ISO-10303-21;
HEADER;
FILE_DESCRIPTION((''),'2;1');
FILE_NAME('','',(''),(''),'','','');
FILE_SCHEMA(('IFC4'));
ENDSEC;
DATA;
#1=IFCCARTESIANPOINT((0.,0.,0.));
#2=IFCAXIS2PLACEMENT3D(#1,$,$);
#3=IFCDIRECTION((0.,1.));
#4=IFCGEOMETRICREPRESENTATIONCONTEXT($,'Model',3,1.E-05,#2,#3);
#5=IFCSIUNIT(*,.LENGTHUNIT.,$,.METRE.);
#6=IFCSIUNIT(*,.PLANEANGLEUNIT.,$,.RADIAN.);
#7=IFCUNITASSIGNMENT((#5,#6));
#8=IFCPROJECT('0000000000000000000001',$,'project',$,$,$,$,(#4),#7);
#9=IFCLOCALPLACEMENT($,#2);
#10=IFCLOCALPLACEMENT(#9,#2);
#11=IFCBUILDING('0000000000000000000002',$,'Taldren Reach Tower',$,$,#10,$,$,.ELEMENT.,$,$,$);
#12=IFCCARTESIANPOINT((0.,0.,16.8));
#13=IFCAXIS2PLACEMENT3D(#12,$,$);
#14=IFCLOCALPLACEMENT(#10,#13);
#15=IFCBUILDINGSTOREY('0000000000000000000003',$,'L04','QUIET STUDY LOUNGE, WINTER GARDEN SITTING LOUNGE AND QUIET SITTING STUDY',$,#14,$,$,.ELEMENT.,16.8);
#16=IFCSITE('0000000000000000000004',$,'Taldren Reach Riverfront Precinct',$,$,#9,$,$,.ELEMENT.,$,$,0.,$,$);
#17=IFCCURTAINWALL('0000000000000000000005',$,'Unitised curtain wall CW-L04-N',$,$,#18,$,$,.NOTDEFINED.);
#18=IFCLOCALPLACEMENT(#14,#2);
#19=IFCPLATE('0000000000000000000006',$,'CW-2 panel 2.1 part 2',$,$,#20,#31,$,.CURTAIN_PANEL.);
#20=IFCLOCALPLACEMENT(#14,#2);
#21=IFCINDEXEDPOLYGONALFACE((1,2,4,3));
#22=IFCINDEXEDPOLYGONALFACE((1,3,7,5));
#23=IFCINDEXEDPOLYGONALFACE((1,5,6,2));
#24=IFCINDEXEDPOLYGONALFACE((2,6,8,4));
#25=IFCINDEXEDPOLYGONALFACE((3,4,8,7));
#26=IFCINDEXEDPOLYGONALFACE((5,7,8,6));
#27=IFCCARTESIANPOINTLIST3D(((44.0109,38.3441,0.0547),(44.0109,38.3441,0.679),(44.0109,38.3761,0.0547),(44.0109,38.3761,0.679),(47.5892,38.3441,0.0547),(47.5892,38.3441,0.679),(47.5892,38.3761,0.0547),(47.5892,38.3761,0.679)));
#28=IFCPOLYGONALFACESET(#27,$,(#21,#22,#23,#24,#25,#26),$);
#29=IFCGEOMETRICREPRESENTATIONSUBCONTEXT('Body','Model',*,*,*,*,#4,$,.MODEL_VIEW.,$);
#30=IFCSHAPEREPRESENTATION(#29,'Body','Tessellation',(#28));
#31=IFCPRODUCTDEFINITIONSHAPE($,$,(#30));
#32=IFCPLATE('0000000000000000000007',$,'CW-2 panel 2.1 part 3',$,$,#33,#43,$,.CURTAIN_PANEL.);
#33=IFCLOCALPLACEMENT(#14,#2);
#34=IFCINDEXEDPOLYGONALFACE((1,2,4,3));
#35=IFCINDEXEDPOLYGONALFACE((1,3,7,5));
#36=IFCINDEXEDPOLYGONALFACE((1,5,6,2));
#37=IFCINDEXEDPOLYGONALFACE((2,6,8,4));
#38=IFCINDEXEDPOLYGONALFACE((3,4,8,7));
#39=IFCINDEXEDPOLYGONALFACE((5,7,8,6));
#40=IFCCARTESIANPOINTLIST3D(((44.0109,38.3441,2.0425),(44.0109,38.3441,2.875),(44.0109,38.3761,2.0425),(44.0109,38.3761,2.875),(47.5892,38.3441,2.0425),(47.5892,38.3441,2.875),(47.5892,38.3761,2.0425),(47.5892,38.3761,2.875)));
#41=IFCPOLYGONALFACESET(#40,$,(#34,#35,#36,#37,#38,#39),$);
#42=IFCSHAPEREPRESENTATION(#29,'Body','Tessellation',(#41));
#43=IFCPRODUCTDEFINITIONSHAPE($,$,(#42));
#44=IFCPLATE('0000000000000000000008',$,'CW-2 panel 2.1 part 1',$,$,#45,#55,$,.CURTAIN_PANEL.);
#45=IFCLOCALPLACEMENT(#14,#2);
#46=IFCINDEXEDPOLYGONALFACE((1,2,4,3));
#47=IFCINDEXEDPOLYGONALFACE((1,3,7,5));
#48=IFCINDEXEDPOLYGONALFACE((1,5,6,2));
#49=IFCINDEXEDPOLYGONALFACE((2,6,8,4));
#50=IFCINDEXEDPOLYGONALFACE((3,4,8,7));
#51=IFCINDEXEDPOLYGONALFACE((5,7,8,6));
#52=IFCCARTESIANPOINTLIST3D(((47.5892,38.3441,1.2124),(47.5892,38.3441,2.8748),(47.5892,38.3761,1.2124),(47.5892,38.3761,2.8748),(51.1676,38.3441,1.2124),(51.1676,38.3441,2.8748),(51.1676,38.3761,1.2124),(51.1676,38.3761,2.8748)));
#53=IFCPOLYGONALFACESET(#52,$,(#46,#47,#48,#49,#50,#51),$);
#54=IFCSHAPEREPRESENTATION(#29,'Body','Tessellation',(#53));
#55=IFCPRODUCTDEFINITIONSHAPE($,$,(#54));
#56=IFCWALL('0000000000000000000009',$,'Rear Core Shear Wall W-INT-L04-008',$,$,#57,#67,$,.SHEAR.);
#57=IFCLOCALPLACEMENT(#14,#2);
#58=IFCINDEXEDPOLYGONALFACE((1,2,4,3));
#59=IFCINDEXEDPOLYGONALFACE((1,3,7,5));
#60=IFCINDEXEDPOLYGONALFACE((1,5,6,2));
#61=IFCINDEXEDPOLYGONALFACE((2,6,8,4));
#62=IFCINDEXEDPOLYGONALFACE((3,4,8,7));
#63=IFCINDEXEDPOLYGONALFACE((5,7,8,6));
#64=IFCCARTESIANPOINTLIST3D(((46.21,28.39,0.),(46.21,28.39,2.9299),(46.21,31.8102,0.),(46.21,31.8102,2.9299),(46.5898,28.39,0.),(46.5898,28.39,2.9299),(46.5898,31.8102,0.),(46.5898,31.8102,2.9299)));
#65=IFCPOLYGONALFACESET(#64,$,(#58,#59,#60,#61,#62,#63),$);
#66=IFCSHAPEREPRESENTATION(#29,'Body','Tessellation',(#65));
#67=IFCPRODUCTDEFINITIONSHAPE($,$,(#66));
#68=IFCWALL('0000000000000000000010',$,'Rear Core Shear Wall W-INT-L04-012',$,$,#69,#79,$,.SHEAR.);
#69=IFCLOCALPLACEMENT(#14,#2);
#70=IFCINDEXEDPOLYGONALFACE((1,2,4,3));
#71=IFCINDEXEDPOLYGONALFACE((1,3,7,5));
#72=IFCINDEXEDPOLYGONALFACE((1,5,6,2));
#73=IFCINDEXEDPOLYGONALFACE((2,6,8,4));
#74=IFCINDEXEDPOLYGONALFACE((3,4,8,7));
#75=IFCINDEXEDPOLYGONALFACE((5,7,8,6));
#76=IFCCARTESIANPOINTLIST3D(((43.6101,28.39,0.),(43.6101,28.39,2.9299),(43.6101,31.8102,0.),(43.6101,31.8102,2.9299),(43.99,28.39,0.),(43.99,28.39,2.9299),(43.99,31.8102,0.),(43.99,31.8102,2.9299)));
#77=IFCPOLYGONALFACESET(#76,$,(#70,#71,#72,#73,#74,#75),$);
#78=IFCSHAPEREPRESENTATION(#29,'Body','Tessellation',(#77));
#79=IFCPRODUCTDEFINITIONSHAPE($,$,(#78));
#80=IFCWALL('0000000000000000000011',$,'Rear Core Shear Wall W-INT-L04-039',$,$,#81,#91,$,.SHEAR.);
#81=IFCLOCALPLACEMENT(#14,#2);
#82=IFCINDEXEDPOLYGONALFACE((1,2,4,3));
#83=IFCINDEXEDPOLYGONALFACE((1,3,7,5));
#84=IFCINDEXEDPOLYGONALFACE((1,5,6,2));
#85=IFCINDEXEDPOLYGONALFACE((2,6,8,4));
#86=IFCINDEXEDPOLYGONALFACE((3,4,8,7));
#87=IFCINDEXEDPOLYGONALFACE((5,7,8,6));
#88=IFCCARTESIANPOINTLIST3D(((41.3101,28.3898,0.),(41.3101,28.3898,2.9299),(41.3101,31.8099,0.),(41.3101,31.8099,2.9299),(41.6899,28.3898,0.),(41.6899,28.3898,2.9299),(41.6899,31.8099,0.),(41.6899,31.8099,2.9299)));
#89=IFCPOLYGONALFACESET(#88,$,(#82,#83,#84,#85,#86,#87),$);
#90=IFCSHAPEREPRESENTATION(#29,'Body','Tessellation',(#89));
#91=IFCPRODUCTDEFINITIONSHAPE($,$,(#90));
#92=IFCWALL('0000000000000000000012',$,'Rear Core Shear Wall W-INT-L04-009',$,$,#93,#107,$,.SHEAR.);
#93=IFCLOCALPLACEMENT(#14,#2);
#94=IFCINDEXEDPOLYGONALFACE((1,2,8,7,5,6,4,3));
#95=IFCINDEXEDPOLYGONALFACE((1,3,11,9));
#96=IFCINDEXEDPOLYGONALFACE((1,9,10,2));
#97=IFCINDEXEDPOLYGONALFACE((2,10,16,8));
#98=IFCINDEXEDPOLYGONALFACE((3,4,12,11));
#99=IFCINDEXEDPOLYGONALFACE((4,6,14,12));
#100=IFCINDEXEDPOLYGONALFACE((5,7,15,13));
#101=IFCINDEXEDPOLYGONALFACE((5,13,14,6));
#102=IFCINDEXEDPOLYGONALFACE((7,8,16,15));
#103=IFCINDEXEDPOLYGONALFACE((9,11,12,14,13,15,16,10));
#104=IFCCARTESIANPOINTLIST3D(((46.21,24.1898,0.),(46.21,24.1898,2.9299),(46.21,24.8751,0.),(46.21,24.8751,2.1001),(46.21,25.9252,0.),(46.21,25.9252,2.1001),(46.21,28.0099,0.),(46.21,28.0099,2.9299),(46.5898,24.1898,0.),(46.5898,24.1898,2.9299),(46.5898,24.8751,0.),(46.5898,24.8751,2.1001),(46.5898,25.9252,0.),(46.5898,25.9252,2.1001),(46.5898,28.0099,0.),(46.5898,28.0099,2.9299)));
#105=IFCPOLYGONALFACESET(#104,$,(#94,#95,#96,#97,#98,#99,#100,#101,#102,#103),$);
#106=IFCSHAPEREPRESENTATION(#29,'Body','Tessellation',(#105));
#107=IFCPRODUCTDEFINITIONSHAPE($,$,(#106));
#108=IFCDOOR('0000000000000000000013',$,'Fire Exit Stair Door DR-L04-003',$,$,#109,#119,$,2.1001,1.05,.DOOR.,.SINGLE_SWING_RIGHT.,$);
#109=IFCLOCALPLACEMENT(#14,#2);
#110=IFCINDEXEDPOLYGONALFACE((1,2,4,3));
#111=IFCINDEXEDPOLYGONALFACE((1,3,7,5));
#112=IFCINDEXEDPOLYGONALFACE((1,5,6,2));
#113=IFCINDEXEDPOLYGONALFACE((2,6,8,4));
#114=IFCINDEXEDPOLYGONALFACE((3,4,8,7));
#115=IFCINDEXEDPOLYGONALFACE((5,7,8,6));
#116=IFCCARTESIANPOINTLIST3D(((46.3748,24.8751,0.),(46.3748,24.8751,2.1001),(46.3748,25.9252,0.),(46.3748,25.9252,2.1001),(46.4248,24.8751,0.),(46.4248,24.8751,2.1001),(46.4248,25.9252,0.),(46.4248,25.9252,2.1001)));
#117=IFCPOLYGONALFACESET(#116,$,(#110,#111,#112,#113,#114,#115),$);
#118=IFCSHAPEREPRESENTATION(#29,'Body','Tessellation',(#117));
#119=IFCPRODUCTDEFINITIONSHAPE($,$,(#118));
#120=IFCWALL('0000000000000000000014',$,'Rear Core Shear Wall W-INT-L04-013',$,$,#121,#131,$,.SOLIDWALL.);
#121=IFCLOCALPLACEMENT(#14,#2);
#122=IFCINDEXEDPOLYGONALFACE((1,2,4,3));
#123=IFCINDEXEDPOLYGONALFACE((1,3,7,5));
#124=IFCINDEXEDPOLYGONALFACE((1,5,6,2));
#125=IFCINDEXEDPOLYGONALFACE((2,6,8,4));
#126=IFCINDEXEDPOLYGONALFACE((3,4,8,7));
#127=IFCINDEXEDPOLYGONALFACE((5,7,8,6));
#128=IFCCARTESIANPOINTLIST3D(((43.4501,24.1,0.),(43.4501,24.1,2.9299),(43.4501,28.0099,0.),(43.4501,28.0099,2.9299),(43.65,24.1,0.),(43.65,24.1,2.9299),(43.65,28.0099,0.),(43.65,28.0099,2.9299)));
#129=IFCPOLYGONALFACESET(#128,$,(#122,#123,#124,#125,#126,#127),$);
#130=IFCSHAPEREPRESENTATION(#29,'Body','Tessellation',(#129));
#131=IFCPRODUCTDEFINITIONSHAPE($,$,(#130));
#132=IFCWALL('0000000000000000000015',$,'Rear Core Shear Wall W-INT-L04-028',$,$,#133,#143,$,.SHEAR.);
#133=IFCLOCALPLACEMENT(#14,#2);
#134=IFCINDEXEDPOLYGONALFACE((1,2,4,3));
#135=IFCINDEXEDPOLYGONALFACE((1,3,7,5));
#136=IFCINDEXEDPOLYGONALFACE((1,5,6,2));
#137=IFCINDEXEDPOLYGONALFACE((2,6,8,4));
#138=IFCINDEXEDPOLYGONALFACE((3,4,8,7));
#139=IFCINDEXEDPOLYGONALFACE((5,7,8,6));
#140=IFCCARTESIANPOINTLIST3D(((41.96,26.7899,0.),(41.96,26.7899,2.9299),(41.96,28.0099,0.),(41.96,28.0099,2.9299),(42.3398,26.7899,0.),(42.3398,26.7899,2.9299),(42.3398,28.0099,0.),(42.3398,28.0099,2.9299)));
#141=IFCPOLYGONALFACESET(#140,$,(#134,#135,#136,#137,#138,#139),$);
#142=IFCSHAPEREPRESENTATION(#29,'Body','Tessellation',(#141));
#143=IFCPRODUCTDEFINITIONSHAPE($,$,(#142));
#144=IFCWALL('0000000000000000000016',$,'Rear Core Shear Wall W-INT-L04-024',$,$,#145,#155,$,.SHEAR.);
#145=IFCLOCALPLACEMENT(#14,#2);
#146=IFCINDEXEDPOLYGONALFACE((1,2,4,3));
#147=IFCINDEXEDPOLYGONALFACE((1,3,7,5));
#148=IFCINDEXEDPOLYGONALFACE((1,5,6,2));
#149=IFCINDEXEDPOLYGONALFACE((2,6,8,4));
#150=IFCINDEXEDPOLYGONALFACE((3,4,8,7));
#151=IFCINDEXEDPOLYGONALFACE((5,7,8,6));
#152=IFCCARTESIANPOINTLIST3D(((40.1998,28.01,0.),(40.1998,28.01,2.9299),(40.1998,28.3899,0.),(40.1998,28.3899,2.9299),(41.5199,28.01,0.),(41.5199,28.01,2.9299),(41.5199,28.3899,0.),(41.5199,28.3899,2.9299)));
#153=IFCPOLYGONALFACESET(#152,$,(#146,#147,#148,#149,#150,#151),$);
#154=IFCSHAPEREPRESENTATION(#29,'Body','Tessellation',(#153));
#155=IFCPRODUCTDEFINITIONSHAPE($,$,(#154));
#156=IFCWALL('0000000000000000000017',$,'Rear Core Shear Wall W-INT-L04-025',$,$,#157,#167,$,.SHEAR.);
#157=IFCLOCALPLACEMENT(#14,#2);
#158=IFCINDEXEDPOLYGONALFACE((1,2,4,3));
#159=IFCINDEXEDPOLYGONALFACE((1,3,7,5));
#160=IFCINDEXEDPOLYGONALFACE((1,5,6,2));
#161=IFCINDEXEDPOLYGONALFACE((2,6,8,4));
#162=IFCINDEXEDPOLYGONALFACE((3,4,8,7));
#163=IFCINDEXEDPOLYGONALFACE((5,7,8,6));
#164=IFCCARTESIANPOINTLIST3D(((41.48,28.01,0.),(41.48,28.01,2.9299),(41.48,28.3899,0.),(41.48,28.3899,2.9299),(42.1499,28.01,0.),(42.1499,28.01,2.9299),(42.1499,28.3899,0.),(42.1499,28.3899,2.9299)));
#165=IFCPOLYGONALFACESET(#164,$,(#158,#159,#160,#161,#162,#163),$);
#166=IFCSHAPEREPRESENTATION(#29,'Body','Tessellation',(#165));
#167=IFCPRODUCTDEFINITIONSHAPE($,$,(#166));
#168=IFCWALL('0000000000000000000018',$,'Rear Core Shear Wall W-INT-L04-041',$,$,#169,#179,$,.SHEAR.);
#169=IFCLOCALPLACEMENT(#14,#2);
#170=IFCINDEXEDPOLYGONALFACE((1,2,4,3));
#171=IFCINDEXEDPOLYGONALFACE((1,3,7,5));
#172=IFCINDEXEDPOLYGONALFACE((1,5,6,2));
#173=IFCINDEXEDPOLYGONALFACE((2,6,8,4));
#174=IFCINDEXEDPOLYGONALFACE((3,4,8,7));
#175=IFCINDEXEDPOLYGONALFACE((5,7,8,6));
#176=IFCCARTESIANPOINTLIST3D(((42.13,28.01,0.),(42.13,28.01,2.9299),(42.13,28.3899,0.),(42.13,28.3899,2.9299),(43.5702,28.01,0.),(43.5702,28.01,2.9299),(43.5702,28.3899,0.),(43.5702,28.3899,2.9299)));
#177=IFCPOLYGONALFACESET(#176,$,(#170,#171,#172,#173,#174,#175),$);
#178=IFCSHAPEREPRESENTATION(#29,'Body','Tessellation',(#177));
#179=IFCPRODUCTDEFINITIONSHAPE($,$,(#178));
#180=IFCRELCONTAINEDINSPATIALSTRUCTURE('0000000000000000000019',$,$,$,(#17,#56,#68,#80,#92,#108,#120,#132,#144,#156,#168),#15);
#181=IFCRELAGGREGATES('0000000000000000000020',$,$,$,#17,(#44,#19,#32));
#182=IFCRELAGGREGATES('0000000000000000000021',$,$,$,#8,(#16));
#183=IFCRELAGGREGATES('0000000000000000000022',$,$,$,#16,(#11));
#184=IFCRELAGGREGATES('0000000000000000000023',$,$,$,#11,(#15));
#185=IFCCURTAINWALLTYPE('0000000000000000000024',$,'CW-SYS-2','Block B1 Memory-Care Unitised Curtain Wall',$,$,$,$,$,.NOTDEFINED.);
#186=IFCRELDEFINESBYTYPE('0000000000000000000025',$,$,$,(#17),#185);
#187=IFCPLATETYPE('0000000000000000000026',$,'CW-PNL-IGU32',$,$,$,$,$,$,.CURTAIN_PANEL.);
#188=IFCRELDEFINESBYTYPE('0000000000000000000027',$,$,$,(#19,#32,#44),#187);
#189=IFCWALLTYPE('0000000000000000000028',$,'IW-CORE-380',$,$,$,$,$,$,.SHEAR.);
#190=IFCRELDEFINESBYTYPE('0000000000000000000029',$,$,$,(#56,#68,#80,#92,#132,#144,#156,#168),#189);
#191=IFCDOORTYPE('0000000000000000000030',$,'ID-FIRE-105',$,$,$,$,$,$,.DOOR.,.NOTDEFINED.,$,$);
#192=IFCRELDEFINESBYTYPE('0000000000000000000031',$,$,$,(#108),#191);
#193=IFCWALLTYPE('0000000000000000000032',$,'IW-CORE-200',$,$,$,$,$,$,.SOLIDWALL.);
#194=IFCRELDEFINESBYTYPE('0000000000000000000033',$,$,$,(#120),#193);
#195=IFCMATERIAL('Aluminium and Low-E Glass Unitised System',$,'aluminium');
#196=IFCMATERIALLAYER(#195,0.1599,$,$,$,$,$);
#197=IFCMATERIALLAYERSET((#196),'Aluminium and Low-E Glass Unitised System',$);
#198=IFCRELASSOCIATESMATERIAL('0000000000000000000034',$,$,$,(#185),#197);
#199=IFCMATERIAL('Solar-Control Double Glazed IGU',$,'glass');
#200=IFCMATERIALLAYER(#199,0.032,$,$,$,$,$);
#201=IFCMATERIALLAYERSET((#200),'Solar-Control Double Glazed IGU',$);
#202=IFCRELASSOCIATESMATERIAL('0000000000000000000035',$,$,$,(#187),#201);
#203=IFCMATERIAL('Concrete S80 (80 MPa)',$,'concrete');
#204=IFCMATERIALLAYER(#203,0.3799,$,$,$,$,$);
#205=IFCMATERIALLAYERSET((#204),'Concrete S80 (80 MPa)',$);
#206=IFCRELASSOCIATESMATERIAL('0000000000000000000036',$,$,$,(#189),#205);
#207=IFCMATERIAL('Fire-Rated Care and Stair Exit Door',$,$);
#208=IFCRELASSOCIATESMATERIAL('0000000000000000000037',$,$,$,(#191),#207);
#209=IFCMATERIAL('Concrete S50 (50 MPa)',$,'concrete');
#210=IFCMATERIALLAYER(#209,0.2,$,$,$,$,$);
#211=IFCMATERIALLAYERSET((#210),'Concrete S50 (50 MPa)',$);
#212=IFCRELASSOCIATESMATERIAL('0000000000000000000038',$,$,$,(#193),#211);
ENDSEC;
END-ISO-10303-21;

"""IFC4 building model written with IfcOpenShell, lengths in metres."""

from ifc_helpers import new_model, si_unit, direction, frame, frame_2d, origin, origin_2d, place, context, subcontext, project, spatial, rectangle, extrude, source, transform, mapped, material, layer, layer_set, type_object, element, fill, aggregate, save


model = new_model("IFC4")

# Units and contexts
model_context = context("Model", 3, precision=1e-05, world=origin(), true_north=direction((0.0, 1.0)))
body_context = subcontext(model_context, "Body", "Model", "MODEL_VIEW")
ifc_project = project(units=[si_unit("LENGTHUNIT", "METRE"), si_unit("PLANEANGLEUNIT", "RADIAN")], contexts=[model_context])

# Site, building, storey
site_placement = place(None, origin())
site = spatial("IfcSite", under=ifc_project, at=site_placement, Name="Taldren Reach Riverfront Precinct", CompositionType="ELEMENT", RefElevation=0.0)
building_placement = place(site_placement, origin())
building = spatial("IfcBuilding", under=site, at=building_placement, Name="Taldren Reach Tower", CompositionType="ELEMENT")
storey_placement = place(building_placement, frame((0.0, 0.0, 16.8)))
storey = spatial("IfcBuildingStorey", under=building, at=storey_placement, Name="L04", Description="QUIET STUDY LOUNGE, WINTER GARDEN SITTING LOUNGE AND QUIET SITTING STUDY", CompositionType="ELEMENT", Elevation=16.8)

# Curtain wall
ifc_material_1 = material(Name="Aluminium and Low-E Glass Unitised System", Category="aluminium")
ifc_layer_1 = layer(ifc_material_1, 0.1599)
ifc_layer_set_1 = layer_set([ifc_layer_1], Name="Aluminium and Low-E Glass Unitised System")
curtain_wall_type = type_object("IfcCurtainWallType", Name="CW-SYS-2", Description="Block B1 Memory-Care Unitised Curtain Wall", PredefinedType="NOTDEFINED", material=ifc_layer_set_1)
curtain_wall_placement = place(storey_placement, origin())
curtain_wall = element("IfcCurtainWall", 1, at=curtain_wall_placement, inside=storey, type_object=curtain_wall_type, Name="Unitised curtain wall CW-L04-N", PredefinedType="NOTDEFINED")

# Plates
ifc_material_2 = material(Name="Solar-Control Double Glazed IGU", Category="glass")
ifc_layer_2 = layer(ifc_material_2, 0.032)
ifc_layer_set_2 = layer_set([ifc_layer_2], Name="Solar-Control Double Glazed IGU")
plate_type = type_object("IfcPlateType", Name="CW-PNL-IGU32", PredefinedType="CURTAIN_PANEL", material=ifc_layer_set_2)
shared_shape_1 = source(origin(), body_context, "Body", "SweptSolid", [
    extrude(rectangle(XDim=3.5784, YDim=0.032, at=origin_2d()), origin(), (0.0, 0.0, 1.0), 0.6243),
])
plate_1_placement = place(storey_placement, frame((45.8, 38.3601, 0.0547), z_axis=(0.0, 0.0, 1.0), x_axis=(-1.0, 0.0, 0.0)))
plate_1 = element("IfcPlate", 2, at=plate_1_placement, type_object=plate_type, Name="CW-2 panel 2.1 part 2", PredefinedType="CURTAIN_PANEL", context=body_context, shape_type="MappedRepresentation", body=[
    mapped(shared_shape_1, transform((0.0, 0.0, 0.0), scale=1.0)),
])
shared_shape_2 = source(origin(), body_context, "Body", "SweptSolid", [
    extrude(rectangle(XDim=3.5784, YDim=0.032, at=origin_2d()), origin(), (0.0, 0.0, 1.0), 0.8325),
])
plate_2_placement = place(storey_placement, frame((45.8, 38.3601, 2.0425), z_axis=(0.0, 0.0, 1.0), x_axis=(-1.0, 0.0, 0.0)))
plate_2 = element("IfcPlate", 3, at=plate_2_placement, type_object=plate_type, Name="CW-2 panel 2.1 part 3", PredefinedType="CURTAIN_PANEL", context=body_context, shape_type="MappedRepresentation", body=[
    mapped(shared_shape_2, transform((0.0, 0.0, 0.0), scale=1.0)),
])
shared_shape_3 = source(origin(), body_context, "Body", "SweptSolid", [
    extrude(rectangle(XDim=3.5784, YDim=0.032, at=origin_2d()), origin(), (0.0, 0.0, 1.0), 1.6624),
])
plate_3_placement = place(storey_placement, frame((49.3784, 38.3601, 1.2124), z_axis=(0.0, 0.0, 1.0), x_axis=(-1.0, 0.0, 0.0)))
plate_3 = element("IfcPlate", 4, at=plate_3_placement, type_object=plate_type, Name="CW-2 panel 2.1 part 1", PredefinedType="CURTAIN_PANEL", context=body_context, shape_type="MappedRepresentation", body=[
    mapped(shared_shape_3, transform((0.0, 0.0, 0.0), scale=1.0)),
])
aggregate(curtain_wall, [plate_3, plate_1, plate_2])

# Walls
ifc_material_3 = material(Name="Concrete S80 (80 MPa)", Category="concrete")
ifc_layer_3 = layer(ifc_material_3, 0.3799)
ifc_layer_set_3 = layer_set([ifc_layer_3], Name="Concrete S80 (80 MPa)")
wall_type_1 = type_object("IfcWallType", Name="IW-CORE-380", PredefinedType="SHEAR", material=ifc_layer_set_3)
shared_shape_4 = source(origin(), body_context, "Body", "SweptSolid", [
    extrude(rectangle(XDim=3.4202, YDim=0.3799, at=frame_2d((1.71, 0.0))), origin(), (0.0, 0.0, 1.0), 2.9299),
])
for number, where, z_axis, x_axis, name in (
    (5, (46.3999, 31.8101, 0.0), (0.0, 0.0, 1.0), (0.0, -1.0, 0.0), "Rear Core Shear Wall W-INT-L04-008"),
    (6, (43.8, 31.8101, 0.0), (0.0, 0.0, 1.0), (0.0, -1.0, 0.0), "Rear Core Shear Wall W-INT-L04-012"),
    (7, (41.5, 28.3899, 0.0), (0.0, 0.0, 1.0), (0.0, 1.0, 0.0), "Rear Core Shear Wall W-INT-L04-039"),
):
    element("IfcWall", number, at=place(storey_placement, frame(where, z_axis=z_axis, x_axis=x_axis)), inside=storey, type_object=wall_type_1, Name=name, PredefinedType="SHEAR", context=body_context, shape_type="MappedRepresentation", body=[
        mapped(shared_shape_4, transform((0.0, 0.0, 0.0), scale=1.0)),
    ])

# Wall, opening, door
shared_shape_5 = source(origin(), body_context, "Body", "SweptSolid", [
    extrude(rectangle(XDim=3.8201, YDim=0.3799, at=frame_2d((1.9102, 0.0))), origin(), (0.0, 0.0, 1.0), 2.9299),
])
wall_1_placement = place(storey_placement, frame((46.3999, 28.01, 0.0), z_axis=(0.0, 0.0, 1.0), x_axis=(0.0, -1.0, 0.0)))
wall_1 = element("IfcWall", 8, at=wall_1_placement, inside=storey, type_object=wall_type_1, Name="Rear Core Shear Wall W-INT-L04-009", PredefinedType="SHEAR", context=body_context, shape_type="MappedRepresentation", body=[
    mapped(shared_shape_5, transform((0.0, 0.0, 0.0), scale=1.0)),
])
shared_shape_6 = source(origin(), body_context, "Body", "SweptSolid", [
    extrude(rectangle(XDim=1.05, YDim=2.1001, at=frame_2d((0.5249, 1.05))), frame((0.0, 0.2, 0.0), z_axis=(0.0, -1.0, 0.0), x_axis=(1.0, 0.0, 0.0)), (0.0, 0.0, 1.0), 0.3999),
])
opening_1_placement = place(wall_1_placement, frame((2.085, 0.0, 0.0)))
opening_1 = element("IfcOpeningElement", 9, at=opening_1_placement, cuts=wall_1, PredefinedType="OPENING", context=body_context, shape_type="MappedRepresentation", body=[
    mapped(shared_shape_6, transform((0.0, 0.0, 0.0), scale=1.0)),
])
ifc_material_4 = material(Name="Fire-Rated Care and Stair Exit Door")
door_type_1 = type_object("IfcDoorType", Name="ID-FIRE-105", OperationType="NOTDEFINED", PredefinedType="DOOR", material=ifc_material_4)
shared_shape_7 = source(origin(), body_context, "Body", "SweptSolid", [
    extrude(rectangle(XDim=1.05, YDim=2.1001, at=frame_2d((0.5249, 1.05))), frame((0.0, 0.0249, 0.0), z_axis=(0.0, -1.0, 0.0), x_axis=(1.0, 0.0, 0.0)), (0.0, 0.0, 1.0), 0.05),
])
door_1_placement = place(opening_1_placement, origin())
door_1 = element("IfcDoor", 10, at=door_1_placement, inside=storey, type_object=door_type_1, Name="Fire Exit Stair Door DR-L04-003", OperationType="SINGLE_SWING_RIGHT", OverallHeight=2.1001, OverallWidth=1.05, PredefinedType="DOOR", context=body_context, shape_type="MappedRepresentation", body=[
    mapped(shared_shape_7, transform((0.0, 0.0, 0.0), scale=1.0)),
])
fill(opening_1, door_1)

# Walls
ifc_material_5 = material(Name="Concrete S50 (50 MPa)", Category="concrete")
ifc_layer_4 = layer(ifc_material_5, 0.2)
ifc_layer_set_4 = layer_set([ifc_layer_4], Name="Concrete S50 (50 MPa)")
wall_type_2 = type_object("IfcWallType", Name="IW-CORE-200", PredefinedType="SOLIDWALL", material=ifc_layer_set_4)
shared_shape_8 = source(origin(), body_context, "Body", "SweptSolid", [
    extrude(rectangle(XDim=3.9099, YDim=0.2, at=frame_2d((1.9551, 0.0))), origin(), (0.0, 0.0, 1.0), 2.9299),
])
wall_2_placement = place(storey_placement, frame((43.55, 28.01, 0.0), z_axis=(0.0, 0.0, 1.0), x_axis=(0.0, -1.0, 0.0)))
element("IfcWall", 11, at=wall_2_placement, inside=storey, type_object=wall_type_2, Name="Rear Core Shear Wall W-INT-L04-013", PredefinedType="SOLIDWALL", context=body_context, shape_type="MappedRepresentation", body=[
    mapped(shared_shape_8, transform((0.0, 0.0, 0.0), scale=1.0)),
])
shared_shape_9 = source(origin(), body_context, "Body", "SweptSolid", [
    extrude(rectangle(XDim=1.22, YDim=0.3799, at=frame_2d((0.6099, 0.0))), origin(), (0.0, 0.0, 1.0), 2.9299),
])
wall_3_placement = place(storey_placement, frame((42.1499, 26.79, 0.0), z_axis=(0.0, 0.0, 1.0), x_axis=(0.0, 1.0, 0.0)))
element("IfcWall", 12, at=wall_3_placement, inside=storey, type_object=wall_type_1, Name="Rear Core Shear Wall W-INT-L04-028", PredefinedType="SHEAR", context=body_context, shape_type="MappedRepresentation", body=[
    mapped(shared_shape_9, transform((0.0, 0.0, 0.0), scale=1.0)),
])
shared_shape_10 = source(origin(), body_context, "Body", "SweptSolid", [
    extrude(rectangle(XDim=1.3201, YDim=0.3799, at=frame_2d((0.6602, 0.0))), origin(), (0.0, 0.0, 1.0), 2.9299),
])
wall_4_placement = place(storey_placement, frame((41.52, 28.2, 0.0), z_axis=(0.0, 0.0, 1.0), x_axis=(-1.0, 0.0, 0.0)))
element("IfcWall", 13, at=wall_4_placement, inside=storey, type_object=wall_type_1, Name="Rear Core Shear Wall W-INT-L04-024", PredefinedType="SHEAR", context=body_context, shape_type="MappedRepresentation", body=[
    mapped(shared_shape_10, transform((0.0, 0.0, 0.0), scale=1.0)),
])
shared_shape_11 = source(origin(), body_context, "Body", "SweptSolid", [
    extrude(rectangle(XDim=0.6699, YDim=0.3799, at=frame_2d((0.335, 0.0))), origin(), (0.0, 0.0, 1.0), 2.9299),
])
wall_5_placement = place(storey_placement, frame((42.1499, 28.2, 0.0), z_axis=(0.0, 0.0, 1.0), x_axis=(-1.0, 0.0, 0.0)))
element("IfcWall", 14, at=wall_5_placement, inside=storey, type_object=wall_type_1, Name="Rear Core Shear Wall W-INT-L04-025", PredefinedType="SHEAR", context=body_context, shape_type="MappedRepresentation", body=[
    mapped(shared_shape_11, transform((0.0, 0.0, 0.0), scale=1.0)),
])
shared_shape_12 = source(origin(), body_context, "Body", "SweptSolid", [
    extrude(rectangle(XDim=1.4402, YDim=0.3799, at=frame_2d((0.7202, 0.0))), origin(), (0.0, 0.0, 1.0), 2.9299),
])
wall_6_placement = place(storey_placement, frame((42.1299, 28.2, 0.0), z_axis=(0.0, 0.0, 1.0), x_axis=(1.0, 0.0, 0.0)))
element("IfcWall", 15, at=wall_6_placement, inside=storey, type_object=wall_type_1, Name="Rear Core Shear Wall W-INT-L04-041", PredefinedType="SHEAR", context=body_context, shape_type="MappedRepresentation", body=[
    mapped(shared_shape_12, transform((0.0, 0.0, 0.0), scale=1.0)),
])

save(model, "model.ifc")
